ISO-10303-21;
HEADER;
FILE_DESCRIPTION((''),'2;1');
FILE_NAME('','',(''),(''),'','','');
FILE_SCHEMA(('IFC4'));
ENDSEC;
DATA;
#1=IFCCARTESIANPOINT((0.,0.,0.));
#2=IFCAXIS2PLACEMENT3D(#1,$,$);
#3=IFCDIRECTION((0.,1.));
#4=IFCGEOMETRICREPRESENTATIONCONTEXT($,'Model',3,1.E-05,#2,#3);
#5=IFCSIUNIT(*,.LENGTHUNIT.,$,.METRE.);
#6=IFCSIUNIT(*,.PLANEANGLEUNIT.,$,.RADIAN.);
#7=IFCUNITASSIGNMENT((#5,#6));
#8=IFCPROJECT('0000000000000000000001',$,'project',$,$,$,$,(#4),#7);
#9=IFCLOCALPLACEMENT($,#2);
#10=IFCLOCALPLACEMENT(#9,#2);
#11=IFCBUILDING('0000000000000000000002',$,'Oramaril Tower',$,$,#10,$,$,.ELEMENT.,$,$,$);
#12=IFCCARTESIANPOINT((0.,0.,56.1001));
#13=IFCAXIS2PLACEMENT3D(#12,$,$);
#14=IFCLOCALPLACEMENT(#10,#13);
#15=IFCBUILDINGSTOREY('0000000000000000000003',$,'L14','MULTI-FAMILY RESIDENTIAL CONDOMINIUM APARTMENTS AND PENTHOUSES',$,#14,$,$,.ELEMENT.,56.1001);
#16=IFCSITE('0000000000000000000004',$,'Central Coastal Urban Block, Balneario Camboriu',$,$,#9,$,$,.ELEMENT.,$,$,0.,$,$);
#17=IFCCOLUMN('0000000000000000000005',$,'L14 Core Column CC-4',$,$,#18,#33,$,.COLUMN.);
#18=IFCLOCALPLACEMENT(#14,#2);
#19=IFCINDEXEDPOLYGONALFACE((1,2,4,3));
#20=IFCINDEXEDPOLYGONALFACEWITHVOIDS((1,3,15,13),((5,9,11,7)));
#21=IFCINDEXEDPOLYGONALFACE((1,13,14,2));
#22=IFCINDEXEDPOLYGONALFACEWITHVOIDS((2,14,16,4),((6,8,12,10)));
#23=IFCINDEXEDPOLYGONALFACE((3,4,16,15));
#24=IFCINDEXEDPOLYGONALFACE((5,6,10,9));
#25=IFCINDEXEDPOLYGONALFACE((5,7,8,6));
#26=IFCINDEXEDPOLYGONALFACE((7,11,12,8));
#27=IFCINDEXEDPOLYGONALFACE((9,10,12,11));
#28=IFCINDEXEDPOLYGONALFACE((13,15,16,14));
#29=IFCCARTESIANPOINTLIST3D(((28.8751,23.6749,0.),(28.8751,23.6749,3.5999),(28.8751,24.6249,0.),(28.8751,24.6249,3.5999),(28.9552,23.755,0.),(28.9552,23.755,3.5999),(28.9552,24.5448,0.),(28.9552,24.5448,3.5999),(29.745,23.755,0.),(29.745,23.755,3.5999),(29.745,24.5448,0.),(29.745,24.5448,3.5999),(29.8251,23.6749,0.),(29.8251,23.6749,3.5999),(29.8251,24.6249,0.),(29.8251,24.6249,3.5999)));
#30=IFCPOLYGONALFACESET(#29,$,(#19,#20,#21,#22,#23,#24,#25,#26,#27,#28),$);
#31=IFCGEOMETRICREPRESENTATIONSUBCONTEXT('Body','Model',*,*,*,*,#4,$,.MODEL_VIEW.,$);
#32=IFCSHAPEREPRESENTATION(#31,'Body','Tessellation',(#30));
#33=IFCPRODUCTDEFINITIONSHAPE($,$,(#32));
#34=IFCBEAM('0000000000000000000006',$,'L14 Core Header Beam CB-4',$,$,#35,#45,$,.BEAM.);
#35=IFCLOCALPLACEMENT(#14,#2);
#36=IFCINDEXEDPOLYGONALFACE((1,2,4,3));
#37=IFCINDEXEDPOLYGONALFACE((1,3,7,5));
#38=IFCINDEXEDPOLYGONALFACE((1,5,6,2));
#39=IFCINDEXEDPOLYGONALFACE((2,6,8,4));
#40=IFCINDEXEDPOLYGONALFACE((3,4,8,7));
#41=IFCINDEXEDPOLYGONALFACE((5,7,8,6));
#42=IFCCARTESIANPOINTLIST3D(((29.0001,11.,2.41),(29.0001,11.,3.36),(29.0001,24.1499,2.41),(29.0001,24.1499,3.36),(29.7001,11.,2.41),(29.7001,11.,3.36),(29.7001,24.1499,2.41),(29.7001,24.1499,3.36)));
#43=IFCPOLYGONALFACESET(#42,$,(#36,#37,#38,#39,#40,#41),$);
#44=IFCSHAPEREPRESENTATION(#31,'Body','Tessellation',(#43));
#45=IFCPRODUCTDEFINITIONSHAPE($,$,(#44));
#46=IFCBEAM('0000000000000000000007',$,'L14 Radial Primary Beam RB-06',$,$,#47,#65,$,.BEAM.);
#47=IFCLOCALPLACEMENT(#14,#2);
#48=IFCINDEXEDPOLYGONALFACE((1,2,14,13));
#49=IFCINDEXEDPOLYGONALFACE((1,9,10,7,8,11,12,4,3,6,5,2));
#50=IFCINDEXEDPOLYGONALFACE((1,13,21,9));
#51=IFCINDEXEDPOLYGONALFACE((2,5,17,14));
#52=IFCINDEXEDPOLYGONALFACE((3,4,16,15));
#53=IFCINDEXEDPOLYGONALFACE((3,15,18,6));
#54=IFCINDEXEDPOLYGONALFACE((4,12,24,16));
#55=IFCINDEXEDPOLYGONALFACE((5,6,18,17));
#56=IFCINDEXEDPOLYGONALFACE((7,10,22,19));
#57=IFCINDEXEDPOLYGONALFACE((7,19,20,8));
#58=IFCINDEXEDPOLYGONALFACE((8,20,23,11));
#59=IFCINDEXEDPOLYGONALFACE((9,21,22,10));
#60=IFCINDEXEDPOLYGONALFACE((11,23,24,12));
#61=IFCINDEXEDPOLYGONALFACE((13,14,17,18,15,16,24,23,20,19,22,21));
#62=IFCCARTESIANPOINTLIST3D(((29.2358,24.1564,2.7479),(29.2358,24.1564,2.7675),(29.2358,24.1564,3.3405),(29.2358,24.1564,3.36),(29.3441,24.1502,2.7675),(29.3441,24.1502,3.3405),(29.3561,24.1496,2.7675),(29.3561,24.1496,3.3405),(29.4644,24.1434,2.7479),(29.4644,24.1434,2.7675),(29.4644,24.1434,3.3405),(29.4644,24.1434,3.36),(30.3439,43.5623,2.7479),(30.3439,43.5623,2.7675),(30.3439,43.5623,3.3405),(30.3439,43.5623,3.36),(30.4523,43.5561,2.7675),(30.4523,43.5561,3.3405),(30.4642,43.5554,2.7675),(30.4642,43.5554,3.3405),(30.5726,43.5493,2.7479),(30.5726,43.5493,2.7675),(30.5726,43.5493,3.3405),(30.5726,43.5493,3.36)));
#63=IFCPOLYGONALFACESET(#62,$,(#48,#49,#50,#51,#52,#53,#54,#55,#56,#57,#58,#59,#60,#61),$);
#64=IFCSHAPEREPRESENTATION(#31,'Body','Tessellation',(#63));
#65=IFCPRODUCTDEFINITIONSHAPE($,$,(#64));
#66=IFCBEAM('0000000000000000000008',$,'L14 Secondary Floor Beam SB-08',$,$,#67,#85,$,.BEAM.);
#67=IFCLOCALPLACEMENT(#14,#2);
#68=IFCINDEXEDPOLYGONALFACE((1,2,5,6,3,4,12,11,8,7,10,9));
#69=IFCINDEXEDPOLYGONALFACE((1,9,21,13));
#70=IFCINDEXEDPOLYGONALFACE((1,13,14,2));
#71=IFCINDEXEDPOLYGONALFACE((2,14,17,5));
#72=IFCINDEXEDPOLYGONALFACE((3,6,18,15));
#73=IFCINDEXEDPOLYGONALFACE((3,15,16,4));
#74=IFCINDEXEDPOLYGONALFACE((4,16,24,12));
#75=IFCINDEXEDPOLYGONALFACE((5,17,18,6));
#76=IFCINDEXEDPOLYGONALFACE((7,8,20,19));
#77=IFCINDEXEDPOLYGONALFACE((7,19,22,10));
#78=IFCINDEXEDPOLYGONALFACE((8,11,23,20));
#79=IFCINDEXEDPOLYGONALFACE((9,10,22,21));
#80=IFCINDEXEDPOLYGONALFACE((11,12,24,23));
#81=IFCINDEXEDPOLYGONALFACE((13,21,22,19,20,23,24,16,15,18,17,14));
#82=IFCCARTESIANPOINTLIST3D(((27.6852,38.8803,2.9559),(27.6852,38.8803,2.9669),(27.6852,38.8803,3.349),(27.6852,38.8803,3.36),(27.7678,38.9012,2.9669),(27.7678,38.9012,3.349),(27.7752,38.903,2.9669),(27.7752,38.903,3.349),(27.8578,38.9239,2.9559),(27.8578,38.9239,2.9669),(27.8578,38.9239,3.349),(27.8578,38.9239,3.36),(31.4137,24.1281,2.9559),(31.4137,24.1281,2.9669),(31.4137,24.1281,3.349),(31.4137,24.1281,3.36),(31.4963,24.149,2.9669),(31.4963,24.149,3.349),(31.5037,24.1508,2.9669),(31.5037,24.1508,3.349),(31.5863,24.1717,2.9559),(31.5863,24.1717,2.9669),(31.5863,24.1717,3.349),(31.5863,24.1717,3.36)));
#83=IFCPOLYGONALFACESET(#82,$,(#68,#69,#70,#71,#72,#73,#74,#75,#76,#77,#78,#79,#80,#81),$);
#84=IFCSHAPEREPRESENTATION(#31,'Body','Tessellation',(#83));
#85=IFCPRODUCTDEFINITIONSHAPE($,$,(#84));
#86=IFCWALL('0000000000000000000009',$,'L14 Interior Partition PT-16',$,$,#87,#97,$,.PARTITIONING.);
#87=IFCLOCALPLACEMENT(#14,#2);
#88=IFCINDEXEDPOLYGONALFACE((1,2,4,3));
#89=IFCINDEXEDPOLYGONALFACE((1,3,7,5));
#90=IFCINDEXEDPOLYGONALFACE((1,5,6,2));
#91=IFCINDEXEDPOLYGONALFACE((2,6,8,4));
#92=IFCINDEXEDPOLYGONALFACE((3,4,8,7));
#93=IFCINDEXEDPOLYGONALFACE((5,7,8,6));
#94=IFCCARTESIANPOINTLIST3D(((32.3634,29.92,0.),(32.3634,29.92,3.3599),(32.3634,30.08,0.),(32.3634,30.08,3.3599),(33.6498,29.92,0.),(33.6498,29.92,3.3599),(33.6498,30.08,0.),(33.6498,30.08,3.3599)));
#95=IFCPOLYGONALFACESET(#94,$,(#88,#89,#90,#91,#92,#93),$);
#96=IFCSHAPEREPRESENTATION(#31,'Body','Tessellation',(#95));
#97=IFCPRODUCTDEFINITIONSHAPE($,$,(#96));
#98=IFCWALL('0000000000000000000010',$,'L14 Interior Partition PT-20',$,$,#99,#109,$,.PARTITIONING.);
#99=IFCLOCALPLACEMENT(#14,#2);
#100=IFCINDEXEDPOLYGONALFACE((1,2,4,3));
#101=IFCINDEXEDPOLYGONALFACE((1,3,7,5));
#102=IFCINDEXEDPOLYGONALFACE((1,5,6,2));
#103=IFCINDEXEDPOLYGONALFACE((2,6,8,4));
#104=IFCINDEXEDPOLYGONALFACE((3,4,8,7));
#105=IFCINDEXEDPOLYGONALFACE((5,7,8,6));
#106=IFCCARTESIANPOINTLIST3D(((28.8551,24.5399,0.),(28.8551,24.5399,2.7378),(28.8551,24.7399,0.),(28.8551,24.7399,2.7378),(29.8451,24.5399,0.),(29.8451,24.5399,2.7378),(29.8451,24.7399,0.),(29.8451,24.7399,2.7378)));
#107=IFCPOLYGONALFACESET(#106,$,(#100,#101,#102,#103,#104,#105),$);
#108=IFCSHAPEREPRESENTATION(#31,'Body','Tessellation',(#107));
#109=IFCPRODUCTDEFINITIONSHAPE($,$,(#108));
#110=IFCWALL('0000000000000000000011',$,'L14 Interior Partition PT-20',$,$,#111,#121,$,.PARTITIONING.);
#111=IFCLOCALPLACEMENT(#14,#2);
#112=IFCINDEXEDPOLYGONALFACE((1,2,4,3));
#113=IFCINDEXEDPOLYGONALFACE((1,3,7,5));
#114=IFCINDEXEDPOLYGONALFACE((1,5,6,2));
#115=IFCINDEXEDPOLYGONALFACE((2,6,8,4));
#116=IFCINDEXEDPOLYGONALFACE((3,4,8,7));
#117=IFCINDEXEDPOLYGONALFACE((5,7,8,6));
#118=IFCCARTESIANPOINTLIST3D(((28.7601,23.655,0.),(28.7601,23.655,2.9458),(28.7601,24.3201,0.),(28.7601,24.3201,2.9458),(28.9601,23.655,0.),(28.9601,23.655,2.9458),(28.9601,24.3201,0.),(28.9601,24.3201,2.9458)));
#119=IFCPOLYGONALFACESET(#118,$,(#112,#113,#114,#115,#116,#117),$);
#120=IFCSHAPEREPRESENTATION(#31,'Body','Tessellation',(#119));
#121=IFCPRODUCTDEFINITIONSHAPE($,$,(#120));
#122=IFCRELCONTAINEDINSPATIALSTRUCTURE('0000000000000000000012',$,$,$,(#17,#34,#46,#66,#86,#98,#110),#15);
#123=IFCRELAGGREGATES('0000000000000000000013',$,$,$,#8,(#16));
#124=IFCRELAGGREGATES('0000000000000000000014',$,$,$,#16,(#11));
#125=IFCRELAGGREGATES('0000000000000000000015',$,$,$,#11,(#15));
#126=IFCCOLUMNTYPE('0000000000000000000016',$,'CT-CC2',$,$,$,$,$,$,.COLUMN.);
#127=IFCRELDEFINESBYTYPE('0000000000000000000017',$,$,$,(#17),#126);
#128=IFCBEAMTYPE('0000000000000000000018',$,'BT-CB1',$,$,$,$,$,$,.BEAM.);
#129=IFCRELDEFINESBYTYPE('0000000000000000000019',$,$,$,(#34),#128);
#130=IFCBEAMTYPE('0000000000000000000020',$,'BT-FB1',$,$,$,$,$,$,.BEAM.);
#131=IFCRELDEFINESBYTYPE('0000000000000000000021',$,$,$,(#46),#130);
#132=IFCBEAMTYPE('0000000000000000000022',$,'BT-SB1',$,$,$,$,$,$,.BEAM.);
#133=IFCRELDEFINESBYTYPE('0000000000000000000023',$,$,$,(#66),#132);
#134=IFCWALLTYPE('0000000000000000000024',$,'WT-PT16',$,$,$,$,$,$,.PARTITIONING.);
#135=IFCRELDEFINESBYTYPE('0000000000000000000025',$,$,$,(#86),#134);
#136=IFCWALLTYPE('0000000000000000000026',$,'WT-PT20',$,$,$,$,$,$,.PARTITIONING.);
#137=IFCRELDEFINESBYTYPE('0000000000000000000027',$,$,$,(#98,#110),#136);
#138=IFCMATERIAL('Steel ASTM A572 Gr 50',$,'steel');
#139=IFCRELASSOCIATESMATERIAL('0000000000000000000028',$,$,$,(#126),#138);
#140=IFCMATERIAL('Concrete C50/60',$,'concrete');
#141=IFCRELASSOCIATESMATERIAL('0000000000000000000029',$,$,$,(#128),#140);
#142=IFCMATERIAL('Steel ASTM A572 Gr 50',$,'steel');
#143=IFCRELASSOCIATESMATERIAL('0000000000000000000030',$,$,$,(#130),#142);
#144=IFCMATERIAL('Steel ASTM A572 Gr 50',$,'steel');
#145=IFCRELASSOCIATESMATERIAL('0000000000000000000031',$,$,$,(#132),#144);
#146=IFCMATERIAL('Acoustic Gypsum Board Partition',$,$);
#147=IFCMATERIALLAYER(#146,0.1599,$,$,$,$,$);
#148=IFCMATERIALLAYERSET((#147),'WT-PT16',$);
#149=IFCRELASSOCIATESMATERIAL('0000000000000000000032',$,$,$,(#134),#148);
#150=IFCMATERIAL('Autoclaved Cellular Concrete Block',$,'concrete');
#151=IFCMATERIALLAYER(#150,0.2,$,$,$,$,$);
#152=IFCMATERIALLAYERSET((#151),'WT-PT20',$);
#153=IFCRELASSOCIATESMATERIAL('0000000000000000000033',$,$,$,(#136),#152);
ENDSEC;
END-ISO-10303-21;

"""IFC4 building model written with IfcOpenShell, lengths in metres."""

from ifc_helpers import new_model, si_unit, direction, frame, frame_2d, origin, origin_2d, place, context, subcontext, project, spatial, rectangle, hollow_rectangle, i_section, extrude, material, layer, layer_set, material_profile, profile_set, type_object, element, save


model = new_model("IFC4")

# Units and contexts
model_context = context("Model", 3, precision=1e-05, world=origin(), true_north=direction((0.0, 1.0)))
body_context = subcontext(model_context, "Body", "Model", "MODEL_VIEW")
ifc_project = project(units=[si_unit("LENGTHUNIT", "METRE"), si_unit("PLANEANGLEUNIT", "RADIAN")], contexts=[model_context])

# Site, building, storey
site_placement = place(None, origin())
site = spatial("IfcSite", under=ifc_project, at=site_placement, Name="Central Coastal Urban Block, Balneario Camboriu", CompositionType="ELEMENT", RefElevation=0.0)
building_placement = place(site_placement, origin())
building = spatial("IfcBuilding", under=site, at=building_placement, Name="Oramaril Tower", CompositionType="ELEMENT")
storey_placement = place(building_placement, frame((0.0, 0.0, 56.1001)))
storey = spatial("IfcBuildingStorey", under=building, at=storey_placement, Name="L14", Description="MULTI-FAMILY RESIDENTIAL CONDOMINIUM APARTMENTS AND PENTHOUSES", CompositionType="ELEMENT", Elevation=56.1001)

# Column
ifc_material_1 = material(Name="Steel ASTM A572 Gr 50", Category="steel")
ifc_material_profile_1 = material_profile(ifc_material_1, hollow_rectangle(XDim=0.95, YDim=0.95, WallThickness=0.0801, at=origin_2d()), Name="BOX950X950X80")
ifc_profile_set_1 = profile_set([ifc_material_profile_1], Name="Steel ASTM A572 Gr 50")
column_type = type_object("IfcColumnType", Name="CT-CC2", PredefinedType="COLUMN", material=ifc_profile_set_1)
column_placement = place(storey_placement, frame((29.3501, 24.1499, 0.0), z_axis=(0.0, 0.0, 1.0), x_axis=(1.0, 0.0, 0.0)))
element("IfcColumn", 1, at=column_placement, inside=storey, type_object=column_type, Name="L14 Core Column CC-4", PredefinedType="COLUMN", context=body_context, shape_type="SweptSolid", body=[
    extrude(hollow_rectangle(XDim=0.95, YDim=0.95, WallThickness=0.0801, at=origin_2d()), origin(), (0.0, 0.0, 1.0), 3.5999),
])

# Beams
ifc_material_2 = material(Name="Concrete C50/60", Category="concrete")
ifc_material_profile_2 = material_profile(ifc_material_2, rectangle(XDim=0.7, YDim=0.95, at=origin_2d()), Name="CB700X950")
ifc_profile_set_2 = profile_set([ifc_material_profile_2], Name="Concrete C50/60")
beam_type_1 = type_object("IfcBeamType", Name="BT-CB1", PredefinedType="BEAM", material=ifc_profile_set_2)
beam_1_placement = place(storey_placement, frame((29.3501, 24.1499, 2.885), z_axis=(0.0, -1.0, 0.0), x_axis=(1.0, 0.0, 0.0)))
element("IfcBeam", 2, at=beam_1_placement, inside=storey, type_object=beam_type_1, Name="L14 Core Header Beam CB-4", PredefinedType="BEAM", context=body_context, shape_type="SweptSolid", body=[
    extrude(rectangle(XDim=0.7, YDim=0.95, at=origin_2d()), origin(), (0.0, 0.0, 1.0), 13.1499),
])
ifc_material_3 = material(Name="Steel ASTM A572 Gr 50", Category="steel")
ifc_material_profile_3 = material_profile(ifc_material_3, i_section(OverallWidth=0.229, OverallDepth=0.6121, WebThickness=0.012, FlangeThickness=0.0195, at=origin_2d()), Name="W24X84")
ifc_profile_set_3 = profile_set([ifc_material_profile_3], Name="Steel ASTM A572 Gr 50")
beam_type_2 = type_object("IfcBeamType", Name="BT-FB1", PredefinedType="BEAM", material=ifc_profile_set_3)
beam_2_placement = place(storey_placement, frame((29.3501, 24.1499, 3.054), z_axis=(0.057011, 0.998374, 0.0), x_axis=(-0.998374, 0.057011, 0.0)))
element("IfcBeam", 3, at=beam_2_placement, inside=storey, type_object=beam_type_2, Name="L14 Radial Primary Beam RB-06", PredefinedType="BEAM", context=body_context, shape_type="SweptSolid", body=[
    extrude(i_section(OverallWidth=0.229, OverallDepth=0.6121, WebThickness=0.012, FlangeThickness=0.0195, at=origin_2d()), origin(), (0.0, 0.0, 1.0), 19.4375),
])
ifc_material_4 = material(Name="Steel ASTM A572 Gr 50", Category="steel")
ifc_material_profile_4 = material_profile(ifc_material_4, i_section(OverallWidth=0.178, OverallDepth=0.4041, WebThickness=0.0076, FlangeThickness=0.011, at=origin_2d()), Name="W16X36")
ifc_profile_set_4 = profile_set([ifc_material_profile_4], Name="Steel ASTM A572 Gr 50")
beam_type_3 = type_object("IfcBeamType", Name="BT-SB1", PredefinedType="BEAM", material=ifc_profile_set_4)
beam_3_placement = place(storey_placement, frame((31.5, 24.1499, 3.158), z_axis=(-0.245038, 0.969514, 0.0), x_axis=(-0.969514, -0.245038, 0.0)))
element("IfcBeam", 4, at=beam_3_placement, inside=storey, type_object=beam_type_3, Name="L14 Secondary Floor Beam SB-08", PredefinedType="BEAM", context=body_context, shape_type="SweptSolid", body=[
    extrude(i_section(OverallWidth=0.178, OverallDepth=0.4041, WebThickness=0.0076, FlangeThickness=0.011, at=origin_2d()), origin(), (0.0, 0.0, 1.0), 15.2161),
])

# Walls
ifc_material_5 = material(Name="Acoustic Gypsum Board Partition")
ifc_layer_1 = layer(ifc_material_5, 0.1599)
ifc_layer_set_1 = layer_set([ifc_layer_1], Name="WT-PT16")
wall_type_1 = type_object("IfcWallType", Name="WT-PT16", PredefinedType="PARTITIONING", material=ifc_layer_set_1)
wall_1_placement = place(storey_placement, frame((32.3635, 30.0, 0.0), z_axis=(0.0, 0.0, 1.0), x_axis=(1.0, 0.0, 0.0)))
element("IfcWall", 5, at=wall_1_placement, inside=storey, type_object=wall_type_1, Name="L14 Interior Partition PT-16", PredefinedType="PARTITIONING", context=body_context, shape_type="SweptSolid", body=[
    extrude(rectangle(XDim=1.2864, YDim=0.1599, at=frame_2d((0.6431, 0.0))), origin(), (0.0, 0.0, 1.0), 3.3599),
])
ifc_material_6 = material(Name="Autoclaved Cellular Concrete Block", Category="concrete")
ifc_layer_2 = layer(ifc_material_6, 0.2)
ifc_layer_set_2 = layer_set([ifc_layer_2], Name="WT-PT20")
wall_type_2 = type_object("IfcWallType", Name="WT-PT20", PredefinedType="PARTITIONING", material=ifc_layer_set_2)
wall_2_placement = place(storey_placement, frame((28.855, 24.6399, 0.0), z_axis=(0.0, 0.0, 1.0), x_axis=(1.0, 0.0, 0.0)))
element("IfcWall", 6, at=wall_2_placement, inside=storey, type_object=wall_type_2, Name="L14 Interior Partition PT-20", PredefinedType="PARTITIONING", context=body_context, shape_type="SweptSolid", body=[
    extrude(rectangle(XDim=0.99, YDim=0.2, at=frame_2d((0.4951, 0.0))), origin(), (0.0, 0.0, 1.0), 2.7378),
])

# Wall
wall_3_placement = place(storey_placement, frame((28.8601, 23.655, 0.0), z_axis=(0.0, 0.0, 1.0), x_axis=(0.0, 1.0, 0.0)))
element("IfcWall", 7, at=wall_3_placement, inside=storey, type_object=wall_type_2, Name="L14 Interior Partition PT-20", PredefinedType="PARTITIONING", context=body_context, shape_type="SweptSolid", body=[
    extrude(rectangle(XDim=0.665, YDim=0.2, at=frame_2d((0.3325, 0.0))), origin(), (0.0, 0.0, 1.0), 2.9458),
])

save(model, "model.ifc")
